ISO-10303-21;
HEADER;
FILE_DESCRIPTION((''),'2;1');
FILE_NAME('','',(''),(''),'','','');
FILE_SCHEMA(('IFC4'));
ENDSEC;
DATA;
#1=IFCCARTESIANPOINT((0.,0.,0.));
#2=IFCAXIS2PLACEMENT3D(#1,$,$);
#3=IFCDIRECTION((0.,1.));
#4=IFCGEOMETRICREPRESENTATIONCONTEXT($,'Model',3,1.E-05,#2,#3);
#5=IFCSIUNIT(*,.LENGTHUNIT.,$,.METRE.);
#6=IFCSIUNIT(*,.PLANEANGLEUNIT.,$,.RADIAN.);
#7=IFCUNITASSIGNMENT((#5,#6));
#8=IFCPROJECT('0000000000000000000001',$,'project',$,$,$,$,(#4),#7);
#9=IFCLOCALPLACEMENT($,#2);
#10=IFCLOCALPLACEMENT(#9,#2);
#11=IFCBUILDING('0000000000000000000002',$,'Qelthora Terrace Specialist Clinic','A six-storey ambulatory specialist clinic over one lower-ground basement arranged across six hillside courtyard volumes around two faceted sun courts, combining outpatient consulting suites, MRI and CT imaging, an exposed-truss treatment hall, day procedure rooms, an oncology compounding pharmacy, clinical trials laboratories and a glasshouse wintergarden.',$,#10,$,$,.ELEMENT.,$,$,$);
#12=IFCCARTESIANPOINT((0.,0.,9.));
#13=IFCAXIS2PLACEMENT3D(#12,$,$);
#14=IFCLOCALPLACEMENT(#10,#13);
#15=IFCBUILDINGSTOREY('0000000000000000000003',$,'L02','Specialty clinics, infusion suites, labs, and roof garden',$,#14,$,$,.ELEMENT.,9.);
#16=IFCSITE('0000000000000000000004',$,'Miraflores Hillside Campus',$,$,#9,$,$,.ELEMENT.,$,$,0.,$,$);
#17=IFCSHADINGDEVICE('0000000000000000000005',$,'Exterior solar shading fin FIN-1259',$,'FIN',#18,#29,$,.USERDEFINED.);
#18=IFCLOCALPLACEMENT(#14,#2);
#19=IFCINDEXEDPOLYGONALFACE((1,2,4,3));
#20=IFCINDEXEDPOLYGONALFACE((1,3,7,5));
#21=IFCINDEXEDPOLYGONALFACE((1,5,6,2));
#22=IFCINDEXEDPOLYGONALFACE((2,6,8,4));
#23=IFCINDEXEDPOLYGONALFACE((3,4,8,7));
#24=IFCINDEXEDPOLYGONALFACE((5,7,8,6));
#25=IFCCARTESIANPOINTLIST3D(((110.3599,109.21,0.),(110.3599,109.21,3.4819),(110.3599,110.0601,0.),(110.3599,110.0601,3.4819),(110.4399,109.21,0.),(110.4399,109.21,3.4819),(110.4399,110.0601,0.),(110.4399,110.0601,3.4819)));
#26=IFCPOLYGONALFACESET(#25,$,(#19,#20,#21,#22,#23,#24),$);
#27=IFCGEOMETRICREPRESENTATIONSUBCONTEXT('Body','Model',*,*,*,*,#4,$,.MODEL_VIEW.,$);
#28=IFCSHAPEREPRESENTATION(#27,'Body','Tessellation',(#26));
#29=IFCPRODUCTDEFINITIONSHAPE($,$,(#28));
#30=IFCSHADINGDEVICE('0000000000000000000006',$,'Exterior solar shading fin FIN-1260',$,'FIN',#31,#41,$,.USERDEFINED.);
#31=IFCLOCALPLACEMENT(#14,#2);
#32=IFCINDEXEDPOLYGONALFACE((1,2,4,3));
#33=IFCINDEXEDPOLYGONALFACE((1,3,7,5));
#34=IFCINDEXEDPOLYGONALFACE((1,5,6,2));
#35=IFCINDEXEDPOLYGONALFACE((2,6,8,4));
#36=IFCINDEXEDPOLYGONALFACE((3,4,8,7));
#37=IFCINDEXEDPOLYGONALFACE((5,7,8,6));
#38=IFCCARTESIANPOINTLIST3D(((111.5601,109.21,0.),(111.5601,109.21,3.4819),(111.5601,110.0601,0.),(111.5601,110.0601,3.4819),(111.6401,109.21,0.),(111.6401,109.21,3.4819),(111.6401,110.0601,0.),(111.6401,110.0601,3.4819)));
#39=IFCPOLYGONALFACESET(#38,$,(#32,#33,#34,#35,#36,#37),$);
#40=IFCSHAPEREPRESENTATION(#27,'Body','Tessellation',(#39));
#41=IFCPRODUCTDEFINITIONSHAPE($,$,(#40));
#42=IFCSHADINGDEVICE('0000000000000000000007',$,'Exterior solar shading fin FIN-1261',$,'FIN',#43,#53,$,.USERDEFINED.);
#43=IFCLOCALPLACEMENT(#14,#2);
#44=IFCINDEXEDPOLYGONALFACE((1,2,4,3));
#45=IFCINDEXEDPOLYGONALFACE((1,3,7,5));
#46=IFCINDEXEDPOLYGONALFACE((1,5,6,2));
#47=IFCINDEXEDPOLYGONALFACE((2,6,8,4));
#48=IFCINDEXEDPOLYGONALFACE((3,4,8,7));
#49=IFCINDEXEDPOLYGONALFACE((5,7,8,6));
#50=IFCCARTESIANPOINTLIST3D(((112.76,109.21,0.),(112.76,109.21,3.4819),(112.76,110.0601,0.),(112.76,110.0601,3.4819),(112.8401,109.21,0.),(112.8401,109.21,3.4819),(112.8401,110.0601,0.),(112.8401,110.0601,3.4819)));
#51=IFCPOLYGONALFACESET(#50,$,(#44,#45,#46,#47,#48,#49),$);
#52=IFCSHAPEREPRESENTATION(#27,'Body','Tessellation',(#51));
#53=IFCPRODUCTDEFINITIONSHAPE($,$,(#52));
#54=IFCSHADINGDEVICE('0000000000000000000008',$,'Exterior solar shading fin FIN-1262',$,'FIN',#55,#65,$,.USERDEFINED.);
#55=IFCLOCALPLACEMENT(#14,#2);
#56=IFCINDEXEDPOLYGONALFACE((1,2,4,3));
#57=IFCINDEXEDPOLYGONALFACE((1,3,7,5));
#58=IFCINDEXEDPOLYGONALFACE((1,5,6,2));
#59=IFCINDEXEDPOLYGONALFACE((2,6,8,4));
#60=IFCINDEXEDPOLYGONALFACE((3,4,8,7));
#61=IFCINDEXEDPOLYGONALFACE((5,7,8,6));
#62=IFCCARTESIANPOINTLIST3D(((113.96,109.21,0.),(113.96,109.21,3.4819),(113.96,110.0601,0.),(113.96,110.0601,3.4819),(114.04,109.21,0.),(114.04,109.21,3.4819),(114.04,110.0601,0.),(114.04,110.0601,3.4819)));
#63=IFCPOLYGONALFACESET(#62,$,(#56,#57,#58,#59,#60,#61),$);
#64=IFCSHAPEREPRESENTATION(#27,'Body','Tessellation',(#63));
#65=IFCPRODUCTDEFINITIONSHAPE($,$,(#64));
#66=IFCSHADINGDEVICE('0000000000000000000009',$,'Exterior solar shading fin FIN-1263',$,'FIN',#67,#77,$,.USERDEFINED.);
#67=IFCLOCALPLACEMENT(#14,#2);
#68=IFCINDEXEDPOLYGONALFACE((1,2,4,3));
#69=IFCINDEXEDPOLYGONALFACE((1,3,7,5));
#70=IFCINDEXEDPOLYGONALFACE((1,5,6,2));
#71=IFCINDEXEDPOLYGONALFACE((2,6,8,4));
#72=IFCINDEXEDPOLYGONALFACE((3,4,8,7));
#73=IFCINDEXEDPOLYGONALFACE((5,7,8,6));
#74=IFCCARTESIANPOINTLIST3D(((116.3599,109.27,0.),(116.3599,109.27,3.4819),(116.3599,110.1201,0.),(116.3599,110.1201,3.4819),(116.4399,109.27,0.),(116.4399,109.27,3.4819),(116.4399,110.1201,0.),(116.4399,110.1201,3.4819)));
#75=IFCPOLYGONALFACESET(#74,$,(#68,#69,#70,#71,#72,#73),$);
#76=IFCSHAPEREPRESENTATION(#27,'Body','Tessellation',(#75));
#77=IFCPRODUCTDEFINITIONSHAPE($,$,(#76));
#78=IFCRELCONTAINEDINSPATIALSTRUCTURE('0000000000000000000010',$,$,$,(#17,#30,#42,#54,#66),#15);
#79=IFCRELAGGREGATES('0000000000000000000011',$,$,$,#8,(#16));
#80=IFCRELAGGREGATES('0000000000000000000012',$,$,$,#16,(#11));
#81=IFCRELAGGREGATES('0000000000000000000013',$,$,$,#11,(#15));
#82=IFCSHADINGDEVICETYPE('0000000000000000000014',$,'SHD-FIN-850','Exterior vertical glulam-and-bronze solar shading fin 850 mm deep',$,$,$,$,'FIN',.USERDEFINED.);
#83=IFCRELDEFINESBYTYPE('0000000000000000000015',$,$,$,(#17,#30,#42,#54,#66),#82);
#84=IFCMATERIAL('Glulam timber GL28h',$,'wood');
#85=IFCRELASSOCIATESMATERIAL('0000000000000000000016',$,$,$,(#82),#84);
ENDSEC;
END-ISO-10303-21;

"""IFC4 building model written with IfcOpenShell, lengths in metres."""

from ifc_helpers import new_model, si_unit, direction, frame, origin, origin_2d, place, context, subcontext, project, spatial, rectangle, extrude, material, type_object, element, save


model = new_model("IFC4")

# Units and contexts
model_context = context("Model", 3, precision=1e-05, world=origin(), true_north=direction((0.0, 1.0)))
body_context = subcontext(model_context, "Body", "Model", "MODEL_VIEW")
ifc_project = project(units=[si_unit("LENGTHUNIT", "METRE"), si_unit("PLANEANGLEUNIT", "RADIAN")], contexts=[model_context])

# Site, building, storey
site_placement = place(None, origin())
site = spatial("IfcSite", under=ifc_project, at=site_placement, Name="Miraflores Hillside Campus", CompositionType="ELEMENT", RefElevation=0.0)
building_placement = place(site_placement, origin())
building = spatial("IfcBuilding", under=site, at=building_placement, Name="Qelthora Terrace Specialist Clinic", Description="A six-storey ambulatory specialist clinic over one lower-ground basement arranged across six hillside courtyard volumes around two faceted sun courts, combining outpatient consulting suites, MRI and CT imaging, an exposed-truss treatment hall, day procedure rooms, an oncology compounding pharmacy, clinical trials laboratories and a glasshouse wintergarden.", CompositionType="ELEMENT")
storey_placement = place(building_placement, frame((0.0, 0.0, 9.0)))
storey = spatial("IfcBuildingStorey", under=building, at=storey_placement, Name="L02", Description="Specialty clinics, infusion suites, labs, and roof garden", CompositionType="ELEMENT", Elevation=9.0)

# Shading devices
ifc_material_1 = material(Name="Glulam timber GL28h", Category="wood")
shading_device_type = type_object("IfcShadingDeviceType", Name="SHD-FIN-850", Description="Exterior vertical glulam-and-bronze solar shading fin 850 mm deep", ElementType="FIN", PredefinedType="USERDEFINED", material=ifc_material_1)
for number, where, z_axis, x_axis, name in (
    (1, (110.3999, 109.635, 0.0), (0.0, 0.0, 1.0), (0.0, 1.0, 0.0), "Exterior solar shading fin FIN-1259"),
    (2, (111.6001, 109.635, 0.0), (0.0, 0.0, 1.0), (0.0, 1.0, 0.0), "Exterior solar shading fin FIN-1260"),
    (3, (112.8, 109.635, 0.0), (0.0, 0.0, 1.0), (0.0, 1.0, 0.0), "Exterior solar shading fin FIN-1261"),
    (4, (114.0, 109.635, 0.0), (0.0, 0.0, 1.0), (0.0, 1.0, 0.0), "Exterior solar shading fin FIN-1262"),
    (5, (116.3999, 109.6951, 0.0), (0.0, 0.0, 1.0), (0.0, 1.0, 0.0), "Exterior solar shading fin FIN-1263"),
):
    element("IfcShadingDevice", number, at=place(storey_placement, frame(where, z_axis=z_axis, x_axis=x_axis)), inside=storey, type_object=shading_device_type, Name=name, ObjectType="FIN", PredefinedType="USERDEFINED", context=body_context, shape_type="SweptSolid", body=[
        extrude(rectangle(XDim=0.8501, YDim=0.0801, at=origin_2d()), origin(), (0.0, 0.0, 1.0), 3.4819),
    ])

save(model, "model.ifc")
